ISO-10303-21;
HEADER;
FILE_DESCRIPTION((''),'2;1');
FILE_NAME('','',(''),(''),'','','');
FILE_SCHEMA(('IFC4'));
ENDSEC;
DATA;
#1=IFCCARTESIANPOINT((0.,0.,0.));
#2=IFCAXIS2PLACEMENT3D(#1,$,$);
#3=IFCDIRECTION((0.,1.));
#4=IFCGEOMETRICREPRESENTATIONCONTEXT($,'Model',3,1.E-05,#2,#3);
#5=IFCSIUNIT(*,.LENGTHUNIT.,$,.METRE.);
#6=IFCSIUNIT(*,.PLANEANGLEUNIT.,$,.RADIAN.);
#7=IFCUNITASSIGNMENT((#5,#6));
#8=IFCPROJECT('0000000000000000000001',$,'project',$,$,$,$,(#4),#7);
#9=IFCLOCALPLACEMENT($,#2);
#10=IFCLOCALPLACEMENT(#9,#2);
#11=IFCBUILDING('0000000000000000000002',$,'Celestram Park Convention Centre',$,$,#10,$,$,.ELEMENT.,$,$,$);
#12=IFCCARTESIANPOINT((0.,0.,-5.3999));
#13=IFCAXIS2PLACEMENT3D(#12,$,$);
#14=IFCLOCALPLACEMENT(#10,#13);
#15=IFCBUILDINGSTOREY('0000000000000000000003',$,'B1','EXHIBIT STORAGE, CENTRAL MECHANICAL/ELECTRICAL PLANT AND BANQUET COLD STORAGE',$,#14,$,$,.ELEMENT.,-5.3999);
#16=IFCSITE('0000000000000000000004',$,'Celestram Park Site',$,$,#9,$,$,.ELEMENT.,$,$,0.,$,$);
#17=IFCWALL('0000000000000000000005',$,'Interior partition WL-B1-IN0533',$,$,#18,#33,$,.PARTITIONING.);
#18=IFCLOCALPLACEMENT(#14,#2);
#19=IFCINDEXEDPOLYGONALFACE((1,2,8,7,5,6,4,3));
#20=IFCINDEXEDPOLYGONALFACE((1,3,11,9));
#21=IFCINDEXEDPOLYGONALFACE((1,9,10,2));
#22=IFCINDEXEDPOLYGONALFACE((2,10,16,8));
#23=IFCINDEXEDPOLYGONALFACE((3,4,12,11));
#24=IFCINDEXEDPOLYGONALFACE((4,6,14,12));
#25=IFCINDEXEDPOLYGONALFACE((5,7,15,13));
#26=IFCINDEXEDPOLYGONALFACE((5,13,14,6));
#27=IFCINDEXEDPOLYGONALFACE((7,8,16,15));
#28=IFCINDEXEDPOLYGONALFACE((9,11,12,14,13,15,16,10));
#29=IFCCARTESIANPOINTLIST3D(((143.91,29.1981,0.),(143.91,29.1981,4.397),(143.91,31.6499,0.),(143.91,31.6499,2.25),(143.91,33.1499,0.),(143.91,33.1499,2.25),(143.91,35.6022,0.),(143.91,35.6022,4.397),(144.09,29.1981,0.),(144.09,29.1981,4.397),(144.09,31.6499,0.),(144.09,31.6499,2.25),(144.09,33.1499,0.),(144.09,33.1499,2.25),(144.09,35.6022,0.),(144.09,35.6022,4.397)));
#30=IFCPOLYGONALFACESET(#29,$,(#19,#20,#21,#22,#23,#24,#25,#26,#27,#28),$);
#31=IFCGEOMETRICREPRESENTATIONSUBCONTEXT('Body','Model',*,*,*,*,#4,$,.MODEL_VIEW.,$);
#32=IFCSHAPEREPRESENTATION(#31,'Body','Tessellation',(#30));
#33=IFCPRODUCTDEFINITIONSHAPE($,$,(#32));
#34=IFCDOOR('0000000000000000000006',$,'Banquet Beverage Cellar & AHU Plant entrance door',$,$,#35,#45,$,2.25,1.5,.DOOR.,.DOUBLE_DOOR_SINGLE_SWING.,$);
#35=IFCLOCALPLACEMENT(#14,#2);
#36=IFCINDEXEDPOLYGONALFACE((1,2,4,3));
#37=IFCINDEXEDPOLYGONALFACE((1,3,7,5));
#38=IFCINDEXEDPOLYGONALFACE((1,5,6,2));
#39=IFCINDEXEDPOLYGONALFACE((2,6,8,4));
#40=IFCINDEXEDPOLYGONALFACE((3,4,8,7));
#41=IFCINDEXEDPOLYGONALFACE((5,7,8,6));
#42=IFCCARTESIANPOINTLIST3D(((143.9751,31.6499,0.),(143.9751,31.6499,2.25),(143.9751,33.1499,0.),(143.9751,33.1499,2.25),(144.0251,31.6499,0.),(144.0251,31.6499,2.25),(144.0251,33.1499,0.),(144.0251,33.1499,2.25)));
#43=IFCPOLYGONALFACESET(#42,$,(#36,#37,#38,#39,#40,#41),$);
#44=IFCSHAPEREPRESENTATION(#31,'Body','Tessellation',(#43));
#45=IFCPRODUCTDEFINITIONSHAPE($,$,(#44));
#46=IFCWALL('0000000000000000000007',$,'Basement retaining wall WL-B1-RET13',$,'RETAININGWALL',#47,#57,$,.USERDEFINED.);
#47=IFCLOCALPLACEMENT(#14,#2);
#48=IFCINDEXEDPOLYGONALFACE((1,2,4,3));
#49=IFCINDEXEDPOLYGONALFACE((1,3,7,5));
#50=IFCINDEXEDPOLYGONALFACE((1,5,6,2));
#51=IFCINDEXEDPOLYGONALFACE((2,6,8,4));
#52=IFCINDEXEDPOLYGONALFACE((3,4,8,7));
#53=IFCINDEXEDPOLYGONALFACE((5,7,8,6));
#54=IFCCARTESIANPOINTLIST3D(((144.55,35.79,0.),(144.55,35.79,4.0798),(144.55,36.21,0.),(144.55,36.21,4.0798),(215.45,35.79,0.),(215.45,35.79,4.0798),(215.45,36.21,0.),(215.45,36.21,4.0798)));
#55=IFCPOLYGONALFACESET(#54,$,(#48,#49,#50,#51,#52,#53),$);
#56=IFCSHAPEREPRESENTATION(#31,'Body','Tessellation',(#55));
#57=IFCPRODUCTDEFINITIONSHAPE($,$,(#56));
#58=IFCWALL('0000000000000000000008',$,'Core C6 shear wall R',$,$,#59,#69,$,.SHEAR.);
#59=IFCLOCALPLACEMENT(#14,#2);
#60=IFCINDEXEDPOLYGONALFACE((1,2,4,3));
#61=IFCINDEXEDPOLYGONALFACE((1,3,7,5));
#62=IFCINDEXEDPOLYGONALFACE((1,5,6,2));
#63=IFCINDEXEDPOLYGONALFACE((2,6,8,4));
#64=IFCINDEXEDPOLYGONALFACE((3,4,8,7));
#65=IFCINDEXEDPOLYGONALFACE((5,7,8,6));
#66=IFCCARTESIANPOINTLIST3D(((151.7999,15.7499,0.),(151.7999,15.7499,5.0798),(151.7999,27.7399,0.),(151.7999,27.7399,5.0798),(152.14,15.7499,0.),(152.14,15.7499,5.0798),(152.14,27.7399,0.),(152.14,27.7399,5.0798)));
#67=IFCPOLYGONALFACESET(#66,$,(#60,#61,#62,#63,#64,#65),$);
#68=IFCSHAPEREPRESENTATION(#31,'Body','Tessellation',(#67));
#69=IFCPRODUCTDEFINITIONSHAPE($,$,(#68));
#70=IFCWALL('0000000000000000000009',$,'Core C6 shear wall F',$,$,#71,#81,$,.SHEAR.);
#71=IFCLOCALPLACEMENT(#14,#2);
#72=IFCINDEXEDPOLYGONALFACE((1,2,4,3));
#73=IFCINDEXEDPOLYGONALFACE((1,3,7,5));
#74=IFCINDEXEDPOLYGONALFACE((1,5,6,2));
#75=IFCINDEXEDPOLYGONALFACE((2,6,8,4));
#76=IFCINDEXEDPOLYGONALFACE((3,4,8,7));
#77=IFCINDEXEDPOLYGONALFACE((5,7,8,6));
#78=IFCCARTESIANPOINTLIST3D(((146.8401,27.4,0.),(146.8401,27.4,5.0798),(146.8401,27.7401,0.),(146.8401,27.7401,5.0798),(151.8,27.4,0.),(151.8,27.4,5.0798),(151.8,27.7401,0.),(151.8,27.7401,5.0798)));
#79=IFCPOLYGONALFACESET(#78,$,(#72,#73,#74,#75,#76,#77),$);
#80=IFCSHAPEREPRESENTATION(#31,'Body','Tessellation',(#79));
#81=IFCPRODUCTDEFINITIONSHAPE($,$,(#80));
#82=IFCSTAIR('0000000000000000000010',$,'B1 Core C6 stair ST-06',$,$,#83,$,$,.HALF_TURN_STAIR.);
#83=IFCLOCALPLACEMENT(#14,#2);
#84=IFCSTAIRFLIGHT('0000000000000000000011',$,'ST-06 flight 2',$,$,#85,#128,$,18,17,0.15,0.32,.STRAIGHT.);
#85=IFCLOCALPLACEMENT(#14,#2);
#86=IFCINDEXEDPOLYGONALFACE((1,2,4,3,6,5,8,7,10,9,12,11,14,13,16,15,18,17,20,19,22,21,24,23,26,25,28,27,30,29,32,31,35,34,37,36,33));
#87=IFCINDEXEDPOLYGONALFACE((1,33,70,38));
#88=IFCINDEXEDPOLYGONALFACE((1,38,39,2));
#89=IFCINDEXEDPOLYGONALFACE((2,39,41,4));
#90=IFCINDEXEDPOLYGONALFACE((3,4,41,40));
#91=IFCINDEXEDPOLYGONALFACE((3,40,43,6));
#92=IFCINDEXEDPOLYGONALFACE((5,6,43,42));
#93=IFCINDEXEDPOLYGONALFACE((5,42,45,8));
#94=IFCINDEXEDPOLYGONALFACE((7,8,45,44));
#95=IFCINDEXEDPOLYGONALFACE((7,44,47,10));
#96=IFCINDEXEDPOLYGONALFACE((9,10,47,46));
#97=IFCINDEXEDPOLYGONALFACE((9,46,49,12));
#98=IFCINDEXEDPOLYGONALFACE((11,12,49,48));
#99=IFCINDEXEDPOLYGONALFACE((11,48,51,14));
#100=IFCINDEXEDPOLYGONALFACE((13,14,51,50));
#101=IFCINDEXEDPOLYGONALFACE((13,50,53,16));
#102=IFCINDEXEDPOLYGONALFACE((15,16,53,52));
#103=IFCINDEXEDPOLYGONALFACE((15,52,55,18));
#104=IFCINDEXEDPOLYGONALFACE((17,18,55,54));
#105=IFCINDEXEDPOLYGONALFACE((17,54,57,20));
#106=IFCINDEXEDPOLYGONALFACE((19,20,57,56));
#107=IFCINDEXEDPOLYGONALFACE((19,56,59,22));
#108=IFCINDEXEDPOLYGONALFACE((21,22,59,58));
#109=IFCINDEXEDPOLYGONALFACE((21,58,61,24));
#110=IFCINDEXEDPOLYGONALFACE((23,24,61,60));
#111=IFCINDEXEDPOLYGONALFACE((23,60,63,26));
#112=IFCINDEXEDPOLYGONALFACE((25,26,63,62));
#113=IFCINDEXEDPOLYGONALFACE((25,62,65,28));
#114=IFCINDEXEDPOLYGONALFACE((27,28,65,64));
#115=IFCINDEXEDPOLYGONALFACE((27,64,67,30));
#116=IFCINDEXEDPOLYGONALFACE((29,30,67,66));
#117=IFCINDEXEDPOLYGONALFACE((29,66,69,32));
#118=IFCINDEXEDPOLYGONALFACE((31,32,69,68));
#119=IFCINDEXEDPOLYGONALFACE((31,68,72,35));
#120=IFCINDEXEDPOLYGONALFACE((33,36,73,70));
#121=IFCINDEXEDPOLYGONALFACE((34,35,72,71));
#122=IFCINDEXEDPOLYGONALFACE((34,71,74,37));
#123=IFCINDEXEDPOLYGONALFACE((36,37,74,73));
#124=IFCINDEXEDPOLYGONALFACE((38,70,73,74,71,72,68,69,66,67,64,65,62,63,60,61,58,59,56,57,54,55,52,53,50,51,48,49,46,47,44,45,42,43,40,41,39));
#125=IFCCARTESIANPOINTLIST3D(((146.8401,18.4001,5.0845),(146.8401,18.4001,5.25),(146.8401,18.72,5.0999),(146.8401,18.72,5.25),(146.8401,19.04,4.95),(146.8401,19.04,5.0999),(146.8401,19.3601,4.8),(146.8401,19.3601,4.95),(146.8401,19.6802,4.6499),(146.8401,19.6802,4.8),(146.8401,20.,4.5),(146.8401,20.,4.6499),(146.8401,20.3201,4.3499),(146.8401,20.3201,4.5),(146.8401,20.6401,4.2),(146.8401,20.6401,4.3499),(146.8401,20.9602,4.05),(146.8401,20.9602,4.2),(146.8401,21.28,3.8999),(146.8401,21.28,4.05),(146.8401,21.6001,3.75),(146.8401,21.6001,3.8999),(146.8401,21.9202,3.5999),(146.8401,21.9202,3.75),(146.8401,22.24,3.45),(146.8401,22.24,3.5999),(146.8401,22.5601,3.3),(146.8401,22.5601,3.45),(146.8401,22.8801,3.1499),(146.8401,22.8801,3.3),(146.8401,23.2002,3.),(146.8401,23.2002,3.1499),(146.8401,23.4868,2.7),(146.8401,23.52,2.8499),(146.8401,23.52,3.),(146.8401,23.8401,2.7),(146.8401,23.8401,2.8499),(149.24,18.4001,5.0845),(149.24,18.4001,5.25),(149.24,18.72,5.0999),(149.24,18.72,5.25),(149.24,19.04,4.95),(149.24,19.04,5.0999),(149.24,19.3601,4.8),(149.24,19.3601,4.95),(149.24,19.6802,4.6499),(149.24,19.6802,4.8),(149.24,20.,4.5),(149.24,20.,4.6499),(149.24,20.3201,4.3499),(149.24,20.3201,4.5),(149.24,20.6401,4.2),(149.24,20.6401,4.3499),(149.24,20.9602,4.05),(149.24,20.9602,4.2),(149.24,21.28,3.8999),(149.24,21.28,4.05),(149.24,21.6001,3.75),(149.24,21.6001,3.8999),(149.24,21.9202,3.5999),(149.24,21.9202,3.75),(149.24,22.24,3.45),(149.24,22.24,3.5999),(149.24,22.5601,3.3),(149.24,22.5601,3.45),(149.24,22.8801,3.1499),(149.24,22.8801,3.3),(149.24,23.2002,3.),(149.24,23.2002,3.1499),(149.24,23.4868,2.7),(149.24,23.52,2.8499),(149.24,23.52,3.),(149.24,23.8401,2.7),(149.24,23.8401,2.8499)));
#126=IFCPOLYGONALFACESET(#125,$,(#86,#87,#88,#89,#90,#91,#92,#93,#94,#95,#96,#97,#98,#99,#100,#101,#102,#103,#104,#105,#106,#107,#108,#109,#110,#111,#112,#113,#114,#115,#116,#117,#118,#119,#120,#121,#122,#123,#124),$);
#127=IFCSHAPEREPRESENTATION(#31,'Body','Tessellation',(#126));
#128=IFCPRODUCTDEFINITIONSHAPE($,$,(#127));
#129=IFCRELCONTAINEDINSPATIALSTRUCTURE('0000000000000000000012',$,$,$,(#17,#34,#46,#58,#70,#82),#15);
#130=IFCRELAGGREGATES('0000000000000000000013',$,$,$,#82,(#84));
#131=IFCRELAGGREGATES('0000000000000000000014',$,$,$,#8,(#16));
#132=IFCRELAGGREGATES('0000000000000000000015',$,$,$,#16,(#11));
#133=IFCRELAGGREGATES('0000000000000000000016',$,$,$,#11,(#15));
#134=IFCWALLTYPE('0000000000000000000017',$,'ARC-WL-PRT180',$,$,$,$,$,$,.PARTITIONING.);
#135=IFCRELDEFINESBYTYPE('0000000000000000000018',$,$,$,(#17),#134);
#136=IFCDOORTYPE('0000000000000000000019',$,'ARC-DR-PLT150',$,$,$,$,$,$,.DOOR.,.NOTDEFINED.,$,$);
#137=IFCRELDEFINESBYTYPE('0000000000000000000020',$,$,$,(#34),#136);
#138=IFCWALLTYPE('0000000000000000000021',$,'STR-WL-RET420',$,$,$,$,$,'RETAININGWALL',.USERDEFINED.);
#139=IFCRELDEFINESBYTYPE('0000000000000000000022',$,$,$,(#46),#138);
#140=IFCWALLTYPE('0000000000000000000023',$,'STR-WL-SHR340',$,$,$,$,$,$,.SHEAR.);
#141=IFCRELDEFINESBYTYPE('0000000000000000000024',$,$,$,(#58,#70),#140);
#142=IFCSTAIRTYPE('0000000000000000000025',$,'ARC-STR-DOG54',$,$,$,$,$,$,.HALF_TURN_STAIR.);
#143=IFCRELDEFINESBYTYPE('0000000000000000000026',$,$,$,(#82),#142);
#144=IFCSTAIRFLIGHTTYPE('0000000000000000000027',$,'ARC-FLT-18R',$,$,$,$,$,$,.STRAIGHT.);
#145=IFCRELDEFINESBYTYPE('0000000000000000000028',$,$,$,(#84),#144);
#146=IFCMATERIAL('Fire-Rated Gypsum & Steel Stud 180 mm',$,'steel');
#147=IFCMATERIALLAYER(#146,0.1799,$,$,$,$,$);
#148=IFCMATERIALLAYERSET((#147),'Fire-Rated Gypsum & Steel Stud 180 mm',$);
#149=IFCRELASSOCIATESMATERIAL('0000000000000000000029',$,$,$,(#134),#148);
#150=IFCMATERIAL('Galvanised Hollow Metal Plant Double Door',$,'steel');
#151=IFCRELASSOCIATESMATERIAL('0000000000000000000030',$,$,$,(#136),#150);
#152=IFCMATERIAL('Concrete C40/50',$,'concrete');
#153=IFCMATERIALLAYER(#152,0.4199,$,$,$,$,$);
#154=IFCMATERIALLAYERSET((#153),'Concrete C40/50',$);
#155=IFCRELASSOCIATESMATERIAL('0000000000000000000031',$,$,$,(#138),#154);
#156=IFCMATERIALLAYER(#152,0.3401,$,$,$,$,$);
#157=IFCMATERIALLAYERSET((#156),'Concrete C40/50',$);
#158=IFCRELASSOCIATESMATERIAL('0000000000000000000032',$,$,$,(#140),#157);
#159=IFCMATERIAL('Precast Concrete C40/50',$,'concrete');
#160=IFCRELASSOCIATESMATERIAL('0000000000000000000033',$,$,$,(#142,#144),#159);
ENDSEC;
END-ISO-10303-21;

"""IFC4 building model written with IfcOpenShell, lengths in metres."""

from ifc_helpers import new_model, si_unit, direction, frame, frame_2d, origin, place, context, subcontext, project, spatial, polyline, rectangle, outline, extrude, material, layer, layer_set, type_object, element, fill, aggregate, save


model = new_model("IFC4")

# Units and contexts
model_context = context("Model", 3, precision=1e-05, world=origin(), true_north=direction((0.0, 1.0)))
body_context = subcontext(model_context, "Body", "Model", "MODEL_VIEW")
ifc_project = project(units=[si_unit("LENGTHUNIT", "METRE"), si_unit("PLANEANGLEUNIT", "RADIAN")], contexts=[model_context])

# Site, building, storey
site_placement = place(None, origin())
site = spatial("IfcSite", under=ifc_project, at=site_placement, Name="Celestram Park Site", CompositionType="ELEMENT", RefElevation=0.0)
building_placement = place(site_placement, origin())
building = spatial("IfcBuilding", under=site, at=building_placement, Name="Celestram Park Convention Centre", CompositionType="ELEMENT")
storey_placement = place(building_placement, frame((0.0, 0.0, -5.3999)))
storey = spatial("IfcBuildingStorey", under=building, at=storey_placement, Name="B1", Description="EXHIBIT STORAGE, CENTRAL MECHANICAL/ELECTRICAL PLANT AND BANQUET COLD STORAGE", CompositionType="ELEMENT", Elevation=-5.3999)

# Shared definitions
ifc_material_1 = material(Name="Concrete C40/50", Category="concrete")

# Wall, opening, door
ifc_material_2 = material(Name="Fire-Rated Gypsum & Steel Stud 180 mm", Category="steel")
ifc_layer_1 = layer(ifc_material_2, 0.1799)
ifc_layer_set_1 = layer_set([ifc_layer_1], Name="Fire-Rated Gypsum & Steel Stud 180 mm")
wall_type_1 = type_object("IfcWallType", Name="ARC-WL-PRT180", PredefinedType="PARTITIONING", material=ifc_layer_set_1)
ifc_material_3 = material(Name="Galvanised Hollow Metal Plant Double Door", Category="steel")
door_type = type_object("IfcDoorType", Name="ARC-DR-PLT150", OperationType="NOTDEFINED", PredefinedType="DOOR", material=ifc_material_3)
wall_1_placement = place(storey_placement, frame((144.0, 29.198, 0.0), z_axis=(0.0, 0.0, 1.0), x_axis=(0.0, 1.0, 0.0)))
wall_1 = element("IfcWall", 1, at=wall_1_placement, inside=storey, type_object=wall_type_1, Name="Interior partition WL-B1-IN0533", PredefinedType="PARTITIONING", context=body_context, shape_type="SweptSolid", body=[
    extrude(rectangle(XDim=6.4041, YDim=0.1799, at=frame_2d((3.2021, 0.0))), origin(), (0.0, 0.0, 1.0), 4.397),
])
opening_1_placement = place(wall_1_placement, frame((2.4519, 0.0, 0.0)))
opening_1 = element("IfcOpeningElement", 2, at=opening_1_placement, cuts=wall_1, PredefinedType="OPENING", context=body_context, shape_type="SweptSolid", body=[
    extrude(rectangle(XDim=1.5, YDim=2.25, at=frame_2d((0.75, 1.125))), frame((0.0, 0.0999, 0.0), z_axis=(0.0, -1.0, 0.0), x_axis=(1.0, 0.0, 0.0)), (0.0, 0.0, 1.0), 0.2),
])
door_1_placement = place(opening_1_placement, origin())
door_1 = element("IfcDoor", 3, at=door_1_placement, inside=storey, type_object=door_type, Name="Banquet Beverage Cellar & AHU Plant entrance door", OperationType="DOUBLE_DOOR_SINGLE_SWING", OverallHeight=2.25, OverallWidth=1.5, PredefinedType="DOOR", context=body_context, shape_type="SweptSolid", body=[
    extrude(rectangle(XDim=1.5, YDim=2.25, at=frame_2d((0.75, 1.125))), frame((0.0, 0.0249, 0.0), z_axis=(0.0, -1.0, 0.0), x_axis=(1.0, 0.0, 0.0)), (0.0, 0.0, 1.0), 0.05),
])
fill(opening_1, door_1)

# Walls
ifc_layer_2 = layer(ifc_material_1, 0.4199)
ifc_layer_set_2 = layer_set([ifc_layer_2], Name="Concrete C40/50")
wall_type_2 = type_object("IfcWallType", Name="STR-WL-RET420", ElementType="RETAININGWALL", PredefinedType="USERDEFINED", material=ifc_layer_set_2)
wall_2_placement = place(storey_placement, frame((144.55, 36.0, 0.0), z_axis=(0.0, 0.0, 1.0), x_axis=(1.0, 0.0, 0.0)))
element("IfcWall", 4, at=wall_2_placement, inside=storey, type_object=wall_type_2, Name="Basement retaining wall WL-B1-RET13", ObjectType="RETAININGWALL", PredefinedType="USERDEFINED", context=body_context, shape_type="SweptSolid", body=[
    extrude(rectangle(XDim=70.8999, YDim=0.4199, at=frame_2d((35.45, 0.0))), origin(), (0.0, 0.0, 1.0), 4.0798),
])
ifc_layer_3 = layer(ifc_material_1, 0.3401)
ifc_layer_set_3 = layer_set([ifc_layer_3], Name="Concrete C40/50")
wall_type_3 = type_object("IfcWallType", Name="STR-WL-SHR340", PredefinedType="SHEAR", material=ifc_layer_set_3)
wall_3_placement = place(storey_placement, frame((151.97, 27.74, 0.0), z_axis=(0.0, 0.0, 1.0), x_axis=(0.0, -1.0, 0.0)))
element("IfcWall", 5, at=wall_3_placement, inside=storey, type_object=wall_type_3, Name="Core C6 shear wall R", PredefinedType="SHEAR", context=body_context, shape_type="SweptSolid", body=[
    extrude(rectangle(XDim=11.99, YDim=0.3401, at=frame_2d((5.9951, 0.0))), origin(), (0.0, 0.0, 1.0), 5.0798),
])
wall_4_placement = place(storey_placement, frame((146.8401, 27.5701, 0.0), z_axis=(0.0, 0.0, 1.0), x_axis=(1.0, 0.0, 0.0)))
element("IfcWall", 6, at=wall_4_placement, inside=storey, type_object=wall_type_3, Name="Core C6 shear wall F", PredefinedType="SHEAR", context=body_context, shape_type="SweptSolid", body=[
    extrude(rectangle(XDim=4.96, YDim=0.3401, at=frame_2d((2.48, 0.0))), origin(), (0.0, 0.0, 1.0), 5.0798),
])

# Stair, stair flight
ifc_material_4 = material(Name="Precast Concrete C40/50", Category="concrete")
stair_type = type_object("IfcStairType", Name="ARC-STR-DOG54", PredefinedType="HALF_TURN_STAIR", material=ifc_material_4)
stair_placement = place(storey_placement, origin())
stair = element("IfcStair", 7, at=stair_placement, inside=storey, type_object=stair_type, Name="B1 Core C6 stair ST-06", PredefinedType="HALF_TURN_STAIR")
stair_flight_type = type_object("IfcStairFlightType", Name="ARC-FLT-18R", PredefinedType="STRAIGHT", material=ifc_material_4)
stair_flight_placement = place(storey_placement, frame((148.04, 23.8401, 2.7), z_axis=(0.0, 0.0, 1.0), x_axis=(0.0, -1.0, 0.0)))
stair_flight = element("IfcStairFlight", 8, at=stair_flight_placement, type_object=stair_flight_type, Name="ST-06 flight 2", NumberOfRisers=18, NumberOfTreads=17, PredefinedType="STRAIGHT", RiserHeight=0.15, TreadLength=0.32, context=body_context, shape_type="SweptSolid", body=[
    extrude(outline(polyline([(0.0, 0.0), (0.0, 0.1499), (0.3201, 0.1499), (0.3201, 0.3), (0.6399, 0.3), (0.6399, 0.45), (0.96, 0.45), (0.96, 0.6001), (1.28, 0.6001), (1.28, 0.75), (1.6001, 0.75), (1.6001, 0.8999), (1.9199, 0.8999), (1.9199, 1.05), (2.24, 1.05), (2.24, 1.2), (2.5601, 1.2), (2.5601, 1.3501), (2.8799, 1.3501), (2.8799, 1.5), (3.2, 1.5), (3.2, 1.6499), (3.52, 1.6499), (3.52, 1.8), (3.8401, 1.8), (3.8401, 1.95), (4.1599, 1.95), (4.1599, 2.1001), (4.48, 2.1001), (4.48, 2.25), (4.8, 2.25), (4.8, 2.3999), (5.1201, 2.3999), (5.1201, 2.55), (5.4399, 2.55), (5.4399, 2.7), (5.4399, 2.3845), (0.3533, 0.0), (0.0, 0.0)])), frame((0.0, 1.2, 0.0), z_axis=(0.0, -1.0, 0.0), x_axis=(1.0, 0.0, 0.0)), (0.0, 0.0, 1.0), 2.3999),
])
aggregate(stair, [stair_flight])

save(model, "model.ifc")
